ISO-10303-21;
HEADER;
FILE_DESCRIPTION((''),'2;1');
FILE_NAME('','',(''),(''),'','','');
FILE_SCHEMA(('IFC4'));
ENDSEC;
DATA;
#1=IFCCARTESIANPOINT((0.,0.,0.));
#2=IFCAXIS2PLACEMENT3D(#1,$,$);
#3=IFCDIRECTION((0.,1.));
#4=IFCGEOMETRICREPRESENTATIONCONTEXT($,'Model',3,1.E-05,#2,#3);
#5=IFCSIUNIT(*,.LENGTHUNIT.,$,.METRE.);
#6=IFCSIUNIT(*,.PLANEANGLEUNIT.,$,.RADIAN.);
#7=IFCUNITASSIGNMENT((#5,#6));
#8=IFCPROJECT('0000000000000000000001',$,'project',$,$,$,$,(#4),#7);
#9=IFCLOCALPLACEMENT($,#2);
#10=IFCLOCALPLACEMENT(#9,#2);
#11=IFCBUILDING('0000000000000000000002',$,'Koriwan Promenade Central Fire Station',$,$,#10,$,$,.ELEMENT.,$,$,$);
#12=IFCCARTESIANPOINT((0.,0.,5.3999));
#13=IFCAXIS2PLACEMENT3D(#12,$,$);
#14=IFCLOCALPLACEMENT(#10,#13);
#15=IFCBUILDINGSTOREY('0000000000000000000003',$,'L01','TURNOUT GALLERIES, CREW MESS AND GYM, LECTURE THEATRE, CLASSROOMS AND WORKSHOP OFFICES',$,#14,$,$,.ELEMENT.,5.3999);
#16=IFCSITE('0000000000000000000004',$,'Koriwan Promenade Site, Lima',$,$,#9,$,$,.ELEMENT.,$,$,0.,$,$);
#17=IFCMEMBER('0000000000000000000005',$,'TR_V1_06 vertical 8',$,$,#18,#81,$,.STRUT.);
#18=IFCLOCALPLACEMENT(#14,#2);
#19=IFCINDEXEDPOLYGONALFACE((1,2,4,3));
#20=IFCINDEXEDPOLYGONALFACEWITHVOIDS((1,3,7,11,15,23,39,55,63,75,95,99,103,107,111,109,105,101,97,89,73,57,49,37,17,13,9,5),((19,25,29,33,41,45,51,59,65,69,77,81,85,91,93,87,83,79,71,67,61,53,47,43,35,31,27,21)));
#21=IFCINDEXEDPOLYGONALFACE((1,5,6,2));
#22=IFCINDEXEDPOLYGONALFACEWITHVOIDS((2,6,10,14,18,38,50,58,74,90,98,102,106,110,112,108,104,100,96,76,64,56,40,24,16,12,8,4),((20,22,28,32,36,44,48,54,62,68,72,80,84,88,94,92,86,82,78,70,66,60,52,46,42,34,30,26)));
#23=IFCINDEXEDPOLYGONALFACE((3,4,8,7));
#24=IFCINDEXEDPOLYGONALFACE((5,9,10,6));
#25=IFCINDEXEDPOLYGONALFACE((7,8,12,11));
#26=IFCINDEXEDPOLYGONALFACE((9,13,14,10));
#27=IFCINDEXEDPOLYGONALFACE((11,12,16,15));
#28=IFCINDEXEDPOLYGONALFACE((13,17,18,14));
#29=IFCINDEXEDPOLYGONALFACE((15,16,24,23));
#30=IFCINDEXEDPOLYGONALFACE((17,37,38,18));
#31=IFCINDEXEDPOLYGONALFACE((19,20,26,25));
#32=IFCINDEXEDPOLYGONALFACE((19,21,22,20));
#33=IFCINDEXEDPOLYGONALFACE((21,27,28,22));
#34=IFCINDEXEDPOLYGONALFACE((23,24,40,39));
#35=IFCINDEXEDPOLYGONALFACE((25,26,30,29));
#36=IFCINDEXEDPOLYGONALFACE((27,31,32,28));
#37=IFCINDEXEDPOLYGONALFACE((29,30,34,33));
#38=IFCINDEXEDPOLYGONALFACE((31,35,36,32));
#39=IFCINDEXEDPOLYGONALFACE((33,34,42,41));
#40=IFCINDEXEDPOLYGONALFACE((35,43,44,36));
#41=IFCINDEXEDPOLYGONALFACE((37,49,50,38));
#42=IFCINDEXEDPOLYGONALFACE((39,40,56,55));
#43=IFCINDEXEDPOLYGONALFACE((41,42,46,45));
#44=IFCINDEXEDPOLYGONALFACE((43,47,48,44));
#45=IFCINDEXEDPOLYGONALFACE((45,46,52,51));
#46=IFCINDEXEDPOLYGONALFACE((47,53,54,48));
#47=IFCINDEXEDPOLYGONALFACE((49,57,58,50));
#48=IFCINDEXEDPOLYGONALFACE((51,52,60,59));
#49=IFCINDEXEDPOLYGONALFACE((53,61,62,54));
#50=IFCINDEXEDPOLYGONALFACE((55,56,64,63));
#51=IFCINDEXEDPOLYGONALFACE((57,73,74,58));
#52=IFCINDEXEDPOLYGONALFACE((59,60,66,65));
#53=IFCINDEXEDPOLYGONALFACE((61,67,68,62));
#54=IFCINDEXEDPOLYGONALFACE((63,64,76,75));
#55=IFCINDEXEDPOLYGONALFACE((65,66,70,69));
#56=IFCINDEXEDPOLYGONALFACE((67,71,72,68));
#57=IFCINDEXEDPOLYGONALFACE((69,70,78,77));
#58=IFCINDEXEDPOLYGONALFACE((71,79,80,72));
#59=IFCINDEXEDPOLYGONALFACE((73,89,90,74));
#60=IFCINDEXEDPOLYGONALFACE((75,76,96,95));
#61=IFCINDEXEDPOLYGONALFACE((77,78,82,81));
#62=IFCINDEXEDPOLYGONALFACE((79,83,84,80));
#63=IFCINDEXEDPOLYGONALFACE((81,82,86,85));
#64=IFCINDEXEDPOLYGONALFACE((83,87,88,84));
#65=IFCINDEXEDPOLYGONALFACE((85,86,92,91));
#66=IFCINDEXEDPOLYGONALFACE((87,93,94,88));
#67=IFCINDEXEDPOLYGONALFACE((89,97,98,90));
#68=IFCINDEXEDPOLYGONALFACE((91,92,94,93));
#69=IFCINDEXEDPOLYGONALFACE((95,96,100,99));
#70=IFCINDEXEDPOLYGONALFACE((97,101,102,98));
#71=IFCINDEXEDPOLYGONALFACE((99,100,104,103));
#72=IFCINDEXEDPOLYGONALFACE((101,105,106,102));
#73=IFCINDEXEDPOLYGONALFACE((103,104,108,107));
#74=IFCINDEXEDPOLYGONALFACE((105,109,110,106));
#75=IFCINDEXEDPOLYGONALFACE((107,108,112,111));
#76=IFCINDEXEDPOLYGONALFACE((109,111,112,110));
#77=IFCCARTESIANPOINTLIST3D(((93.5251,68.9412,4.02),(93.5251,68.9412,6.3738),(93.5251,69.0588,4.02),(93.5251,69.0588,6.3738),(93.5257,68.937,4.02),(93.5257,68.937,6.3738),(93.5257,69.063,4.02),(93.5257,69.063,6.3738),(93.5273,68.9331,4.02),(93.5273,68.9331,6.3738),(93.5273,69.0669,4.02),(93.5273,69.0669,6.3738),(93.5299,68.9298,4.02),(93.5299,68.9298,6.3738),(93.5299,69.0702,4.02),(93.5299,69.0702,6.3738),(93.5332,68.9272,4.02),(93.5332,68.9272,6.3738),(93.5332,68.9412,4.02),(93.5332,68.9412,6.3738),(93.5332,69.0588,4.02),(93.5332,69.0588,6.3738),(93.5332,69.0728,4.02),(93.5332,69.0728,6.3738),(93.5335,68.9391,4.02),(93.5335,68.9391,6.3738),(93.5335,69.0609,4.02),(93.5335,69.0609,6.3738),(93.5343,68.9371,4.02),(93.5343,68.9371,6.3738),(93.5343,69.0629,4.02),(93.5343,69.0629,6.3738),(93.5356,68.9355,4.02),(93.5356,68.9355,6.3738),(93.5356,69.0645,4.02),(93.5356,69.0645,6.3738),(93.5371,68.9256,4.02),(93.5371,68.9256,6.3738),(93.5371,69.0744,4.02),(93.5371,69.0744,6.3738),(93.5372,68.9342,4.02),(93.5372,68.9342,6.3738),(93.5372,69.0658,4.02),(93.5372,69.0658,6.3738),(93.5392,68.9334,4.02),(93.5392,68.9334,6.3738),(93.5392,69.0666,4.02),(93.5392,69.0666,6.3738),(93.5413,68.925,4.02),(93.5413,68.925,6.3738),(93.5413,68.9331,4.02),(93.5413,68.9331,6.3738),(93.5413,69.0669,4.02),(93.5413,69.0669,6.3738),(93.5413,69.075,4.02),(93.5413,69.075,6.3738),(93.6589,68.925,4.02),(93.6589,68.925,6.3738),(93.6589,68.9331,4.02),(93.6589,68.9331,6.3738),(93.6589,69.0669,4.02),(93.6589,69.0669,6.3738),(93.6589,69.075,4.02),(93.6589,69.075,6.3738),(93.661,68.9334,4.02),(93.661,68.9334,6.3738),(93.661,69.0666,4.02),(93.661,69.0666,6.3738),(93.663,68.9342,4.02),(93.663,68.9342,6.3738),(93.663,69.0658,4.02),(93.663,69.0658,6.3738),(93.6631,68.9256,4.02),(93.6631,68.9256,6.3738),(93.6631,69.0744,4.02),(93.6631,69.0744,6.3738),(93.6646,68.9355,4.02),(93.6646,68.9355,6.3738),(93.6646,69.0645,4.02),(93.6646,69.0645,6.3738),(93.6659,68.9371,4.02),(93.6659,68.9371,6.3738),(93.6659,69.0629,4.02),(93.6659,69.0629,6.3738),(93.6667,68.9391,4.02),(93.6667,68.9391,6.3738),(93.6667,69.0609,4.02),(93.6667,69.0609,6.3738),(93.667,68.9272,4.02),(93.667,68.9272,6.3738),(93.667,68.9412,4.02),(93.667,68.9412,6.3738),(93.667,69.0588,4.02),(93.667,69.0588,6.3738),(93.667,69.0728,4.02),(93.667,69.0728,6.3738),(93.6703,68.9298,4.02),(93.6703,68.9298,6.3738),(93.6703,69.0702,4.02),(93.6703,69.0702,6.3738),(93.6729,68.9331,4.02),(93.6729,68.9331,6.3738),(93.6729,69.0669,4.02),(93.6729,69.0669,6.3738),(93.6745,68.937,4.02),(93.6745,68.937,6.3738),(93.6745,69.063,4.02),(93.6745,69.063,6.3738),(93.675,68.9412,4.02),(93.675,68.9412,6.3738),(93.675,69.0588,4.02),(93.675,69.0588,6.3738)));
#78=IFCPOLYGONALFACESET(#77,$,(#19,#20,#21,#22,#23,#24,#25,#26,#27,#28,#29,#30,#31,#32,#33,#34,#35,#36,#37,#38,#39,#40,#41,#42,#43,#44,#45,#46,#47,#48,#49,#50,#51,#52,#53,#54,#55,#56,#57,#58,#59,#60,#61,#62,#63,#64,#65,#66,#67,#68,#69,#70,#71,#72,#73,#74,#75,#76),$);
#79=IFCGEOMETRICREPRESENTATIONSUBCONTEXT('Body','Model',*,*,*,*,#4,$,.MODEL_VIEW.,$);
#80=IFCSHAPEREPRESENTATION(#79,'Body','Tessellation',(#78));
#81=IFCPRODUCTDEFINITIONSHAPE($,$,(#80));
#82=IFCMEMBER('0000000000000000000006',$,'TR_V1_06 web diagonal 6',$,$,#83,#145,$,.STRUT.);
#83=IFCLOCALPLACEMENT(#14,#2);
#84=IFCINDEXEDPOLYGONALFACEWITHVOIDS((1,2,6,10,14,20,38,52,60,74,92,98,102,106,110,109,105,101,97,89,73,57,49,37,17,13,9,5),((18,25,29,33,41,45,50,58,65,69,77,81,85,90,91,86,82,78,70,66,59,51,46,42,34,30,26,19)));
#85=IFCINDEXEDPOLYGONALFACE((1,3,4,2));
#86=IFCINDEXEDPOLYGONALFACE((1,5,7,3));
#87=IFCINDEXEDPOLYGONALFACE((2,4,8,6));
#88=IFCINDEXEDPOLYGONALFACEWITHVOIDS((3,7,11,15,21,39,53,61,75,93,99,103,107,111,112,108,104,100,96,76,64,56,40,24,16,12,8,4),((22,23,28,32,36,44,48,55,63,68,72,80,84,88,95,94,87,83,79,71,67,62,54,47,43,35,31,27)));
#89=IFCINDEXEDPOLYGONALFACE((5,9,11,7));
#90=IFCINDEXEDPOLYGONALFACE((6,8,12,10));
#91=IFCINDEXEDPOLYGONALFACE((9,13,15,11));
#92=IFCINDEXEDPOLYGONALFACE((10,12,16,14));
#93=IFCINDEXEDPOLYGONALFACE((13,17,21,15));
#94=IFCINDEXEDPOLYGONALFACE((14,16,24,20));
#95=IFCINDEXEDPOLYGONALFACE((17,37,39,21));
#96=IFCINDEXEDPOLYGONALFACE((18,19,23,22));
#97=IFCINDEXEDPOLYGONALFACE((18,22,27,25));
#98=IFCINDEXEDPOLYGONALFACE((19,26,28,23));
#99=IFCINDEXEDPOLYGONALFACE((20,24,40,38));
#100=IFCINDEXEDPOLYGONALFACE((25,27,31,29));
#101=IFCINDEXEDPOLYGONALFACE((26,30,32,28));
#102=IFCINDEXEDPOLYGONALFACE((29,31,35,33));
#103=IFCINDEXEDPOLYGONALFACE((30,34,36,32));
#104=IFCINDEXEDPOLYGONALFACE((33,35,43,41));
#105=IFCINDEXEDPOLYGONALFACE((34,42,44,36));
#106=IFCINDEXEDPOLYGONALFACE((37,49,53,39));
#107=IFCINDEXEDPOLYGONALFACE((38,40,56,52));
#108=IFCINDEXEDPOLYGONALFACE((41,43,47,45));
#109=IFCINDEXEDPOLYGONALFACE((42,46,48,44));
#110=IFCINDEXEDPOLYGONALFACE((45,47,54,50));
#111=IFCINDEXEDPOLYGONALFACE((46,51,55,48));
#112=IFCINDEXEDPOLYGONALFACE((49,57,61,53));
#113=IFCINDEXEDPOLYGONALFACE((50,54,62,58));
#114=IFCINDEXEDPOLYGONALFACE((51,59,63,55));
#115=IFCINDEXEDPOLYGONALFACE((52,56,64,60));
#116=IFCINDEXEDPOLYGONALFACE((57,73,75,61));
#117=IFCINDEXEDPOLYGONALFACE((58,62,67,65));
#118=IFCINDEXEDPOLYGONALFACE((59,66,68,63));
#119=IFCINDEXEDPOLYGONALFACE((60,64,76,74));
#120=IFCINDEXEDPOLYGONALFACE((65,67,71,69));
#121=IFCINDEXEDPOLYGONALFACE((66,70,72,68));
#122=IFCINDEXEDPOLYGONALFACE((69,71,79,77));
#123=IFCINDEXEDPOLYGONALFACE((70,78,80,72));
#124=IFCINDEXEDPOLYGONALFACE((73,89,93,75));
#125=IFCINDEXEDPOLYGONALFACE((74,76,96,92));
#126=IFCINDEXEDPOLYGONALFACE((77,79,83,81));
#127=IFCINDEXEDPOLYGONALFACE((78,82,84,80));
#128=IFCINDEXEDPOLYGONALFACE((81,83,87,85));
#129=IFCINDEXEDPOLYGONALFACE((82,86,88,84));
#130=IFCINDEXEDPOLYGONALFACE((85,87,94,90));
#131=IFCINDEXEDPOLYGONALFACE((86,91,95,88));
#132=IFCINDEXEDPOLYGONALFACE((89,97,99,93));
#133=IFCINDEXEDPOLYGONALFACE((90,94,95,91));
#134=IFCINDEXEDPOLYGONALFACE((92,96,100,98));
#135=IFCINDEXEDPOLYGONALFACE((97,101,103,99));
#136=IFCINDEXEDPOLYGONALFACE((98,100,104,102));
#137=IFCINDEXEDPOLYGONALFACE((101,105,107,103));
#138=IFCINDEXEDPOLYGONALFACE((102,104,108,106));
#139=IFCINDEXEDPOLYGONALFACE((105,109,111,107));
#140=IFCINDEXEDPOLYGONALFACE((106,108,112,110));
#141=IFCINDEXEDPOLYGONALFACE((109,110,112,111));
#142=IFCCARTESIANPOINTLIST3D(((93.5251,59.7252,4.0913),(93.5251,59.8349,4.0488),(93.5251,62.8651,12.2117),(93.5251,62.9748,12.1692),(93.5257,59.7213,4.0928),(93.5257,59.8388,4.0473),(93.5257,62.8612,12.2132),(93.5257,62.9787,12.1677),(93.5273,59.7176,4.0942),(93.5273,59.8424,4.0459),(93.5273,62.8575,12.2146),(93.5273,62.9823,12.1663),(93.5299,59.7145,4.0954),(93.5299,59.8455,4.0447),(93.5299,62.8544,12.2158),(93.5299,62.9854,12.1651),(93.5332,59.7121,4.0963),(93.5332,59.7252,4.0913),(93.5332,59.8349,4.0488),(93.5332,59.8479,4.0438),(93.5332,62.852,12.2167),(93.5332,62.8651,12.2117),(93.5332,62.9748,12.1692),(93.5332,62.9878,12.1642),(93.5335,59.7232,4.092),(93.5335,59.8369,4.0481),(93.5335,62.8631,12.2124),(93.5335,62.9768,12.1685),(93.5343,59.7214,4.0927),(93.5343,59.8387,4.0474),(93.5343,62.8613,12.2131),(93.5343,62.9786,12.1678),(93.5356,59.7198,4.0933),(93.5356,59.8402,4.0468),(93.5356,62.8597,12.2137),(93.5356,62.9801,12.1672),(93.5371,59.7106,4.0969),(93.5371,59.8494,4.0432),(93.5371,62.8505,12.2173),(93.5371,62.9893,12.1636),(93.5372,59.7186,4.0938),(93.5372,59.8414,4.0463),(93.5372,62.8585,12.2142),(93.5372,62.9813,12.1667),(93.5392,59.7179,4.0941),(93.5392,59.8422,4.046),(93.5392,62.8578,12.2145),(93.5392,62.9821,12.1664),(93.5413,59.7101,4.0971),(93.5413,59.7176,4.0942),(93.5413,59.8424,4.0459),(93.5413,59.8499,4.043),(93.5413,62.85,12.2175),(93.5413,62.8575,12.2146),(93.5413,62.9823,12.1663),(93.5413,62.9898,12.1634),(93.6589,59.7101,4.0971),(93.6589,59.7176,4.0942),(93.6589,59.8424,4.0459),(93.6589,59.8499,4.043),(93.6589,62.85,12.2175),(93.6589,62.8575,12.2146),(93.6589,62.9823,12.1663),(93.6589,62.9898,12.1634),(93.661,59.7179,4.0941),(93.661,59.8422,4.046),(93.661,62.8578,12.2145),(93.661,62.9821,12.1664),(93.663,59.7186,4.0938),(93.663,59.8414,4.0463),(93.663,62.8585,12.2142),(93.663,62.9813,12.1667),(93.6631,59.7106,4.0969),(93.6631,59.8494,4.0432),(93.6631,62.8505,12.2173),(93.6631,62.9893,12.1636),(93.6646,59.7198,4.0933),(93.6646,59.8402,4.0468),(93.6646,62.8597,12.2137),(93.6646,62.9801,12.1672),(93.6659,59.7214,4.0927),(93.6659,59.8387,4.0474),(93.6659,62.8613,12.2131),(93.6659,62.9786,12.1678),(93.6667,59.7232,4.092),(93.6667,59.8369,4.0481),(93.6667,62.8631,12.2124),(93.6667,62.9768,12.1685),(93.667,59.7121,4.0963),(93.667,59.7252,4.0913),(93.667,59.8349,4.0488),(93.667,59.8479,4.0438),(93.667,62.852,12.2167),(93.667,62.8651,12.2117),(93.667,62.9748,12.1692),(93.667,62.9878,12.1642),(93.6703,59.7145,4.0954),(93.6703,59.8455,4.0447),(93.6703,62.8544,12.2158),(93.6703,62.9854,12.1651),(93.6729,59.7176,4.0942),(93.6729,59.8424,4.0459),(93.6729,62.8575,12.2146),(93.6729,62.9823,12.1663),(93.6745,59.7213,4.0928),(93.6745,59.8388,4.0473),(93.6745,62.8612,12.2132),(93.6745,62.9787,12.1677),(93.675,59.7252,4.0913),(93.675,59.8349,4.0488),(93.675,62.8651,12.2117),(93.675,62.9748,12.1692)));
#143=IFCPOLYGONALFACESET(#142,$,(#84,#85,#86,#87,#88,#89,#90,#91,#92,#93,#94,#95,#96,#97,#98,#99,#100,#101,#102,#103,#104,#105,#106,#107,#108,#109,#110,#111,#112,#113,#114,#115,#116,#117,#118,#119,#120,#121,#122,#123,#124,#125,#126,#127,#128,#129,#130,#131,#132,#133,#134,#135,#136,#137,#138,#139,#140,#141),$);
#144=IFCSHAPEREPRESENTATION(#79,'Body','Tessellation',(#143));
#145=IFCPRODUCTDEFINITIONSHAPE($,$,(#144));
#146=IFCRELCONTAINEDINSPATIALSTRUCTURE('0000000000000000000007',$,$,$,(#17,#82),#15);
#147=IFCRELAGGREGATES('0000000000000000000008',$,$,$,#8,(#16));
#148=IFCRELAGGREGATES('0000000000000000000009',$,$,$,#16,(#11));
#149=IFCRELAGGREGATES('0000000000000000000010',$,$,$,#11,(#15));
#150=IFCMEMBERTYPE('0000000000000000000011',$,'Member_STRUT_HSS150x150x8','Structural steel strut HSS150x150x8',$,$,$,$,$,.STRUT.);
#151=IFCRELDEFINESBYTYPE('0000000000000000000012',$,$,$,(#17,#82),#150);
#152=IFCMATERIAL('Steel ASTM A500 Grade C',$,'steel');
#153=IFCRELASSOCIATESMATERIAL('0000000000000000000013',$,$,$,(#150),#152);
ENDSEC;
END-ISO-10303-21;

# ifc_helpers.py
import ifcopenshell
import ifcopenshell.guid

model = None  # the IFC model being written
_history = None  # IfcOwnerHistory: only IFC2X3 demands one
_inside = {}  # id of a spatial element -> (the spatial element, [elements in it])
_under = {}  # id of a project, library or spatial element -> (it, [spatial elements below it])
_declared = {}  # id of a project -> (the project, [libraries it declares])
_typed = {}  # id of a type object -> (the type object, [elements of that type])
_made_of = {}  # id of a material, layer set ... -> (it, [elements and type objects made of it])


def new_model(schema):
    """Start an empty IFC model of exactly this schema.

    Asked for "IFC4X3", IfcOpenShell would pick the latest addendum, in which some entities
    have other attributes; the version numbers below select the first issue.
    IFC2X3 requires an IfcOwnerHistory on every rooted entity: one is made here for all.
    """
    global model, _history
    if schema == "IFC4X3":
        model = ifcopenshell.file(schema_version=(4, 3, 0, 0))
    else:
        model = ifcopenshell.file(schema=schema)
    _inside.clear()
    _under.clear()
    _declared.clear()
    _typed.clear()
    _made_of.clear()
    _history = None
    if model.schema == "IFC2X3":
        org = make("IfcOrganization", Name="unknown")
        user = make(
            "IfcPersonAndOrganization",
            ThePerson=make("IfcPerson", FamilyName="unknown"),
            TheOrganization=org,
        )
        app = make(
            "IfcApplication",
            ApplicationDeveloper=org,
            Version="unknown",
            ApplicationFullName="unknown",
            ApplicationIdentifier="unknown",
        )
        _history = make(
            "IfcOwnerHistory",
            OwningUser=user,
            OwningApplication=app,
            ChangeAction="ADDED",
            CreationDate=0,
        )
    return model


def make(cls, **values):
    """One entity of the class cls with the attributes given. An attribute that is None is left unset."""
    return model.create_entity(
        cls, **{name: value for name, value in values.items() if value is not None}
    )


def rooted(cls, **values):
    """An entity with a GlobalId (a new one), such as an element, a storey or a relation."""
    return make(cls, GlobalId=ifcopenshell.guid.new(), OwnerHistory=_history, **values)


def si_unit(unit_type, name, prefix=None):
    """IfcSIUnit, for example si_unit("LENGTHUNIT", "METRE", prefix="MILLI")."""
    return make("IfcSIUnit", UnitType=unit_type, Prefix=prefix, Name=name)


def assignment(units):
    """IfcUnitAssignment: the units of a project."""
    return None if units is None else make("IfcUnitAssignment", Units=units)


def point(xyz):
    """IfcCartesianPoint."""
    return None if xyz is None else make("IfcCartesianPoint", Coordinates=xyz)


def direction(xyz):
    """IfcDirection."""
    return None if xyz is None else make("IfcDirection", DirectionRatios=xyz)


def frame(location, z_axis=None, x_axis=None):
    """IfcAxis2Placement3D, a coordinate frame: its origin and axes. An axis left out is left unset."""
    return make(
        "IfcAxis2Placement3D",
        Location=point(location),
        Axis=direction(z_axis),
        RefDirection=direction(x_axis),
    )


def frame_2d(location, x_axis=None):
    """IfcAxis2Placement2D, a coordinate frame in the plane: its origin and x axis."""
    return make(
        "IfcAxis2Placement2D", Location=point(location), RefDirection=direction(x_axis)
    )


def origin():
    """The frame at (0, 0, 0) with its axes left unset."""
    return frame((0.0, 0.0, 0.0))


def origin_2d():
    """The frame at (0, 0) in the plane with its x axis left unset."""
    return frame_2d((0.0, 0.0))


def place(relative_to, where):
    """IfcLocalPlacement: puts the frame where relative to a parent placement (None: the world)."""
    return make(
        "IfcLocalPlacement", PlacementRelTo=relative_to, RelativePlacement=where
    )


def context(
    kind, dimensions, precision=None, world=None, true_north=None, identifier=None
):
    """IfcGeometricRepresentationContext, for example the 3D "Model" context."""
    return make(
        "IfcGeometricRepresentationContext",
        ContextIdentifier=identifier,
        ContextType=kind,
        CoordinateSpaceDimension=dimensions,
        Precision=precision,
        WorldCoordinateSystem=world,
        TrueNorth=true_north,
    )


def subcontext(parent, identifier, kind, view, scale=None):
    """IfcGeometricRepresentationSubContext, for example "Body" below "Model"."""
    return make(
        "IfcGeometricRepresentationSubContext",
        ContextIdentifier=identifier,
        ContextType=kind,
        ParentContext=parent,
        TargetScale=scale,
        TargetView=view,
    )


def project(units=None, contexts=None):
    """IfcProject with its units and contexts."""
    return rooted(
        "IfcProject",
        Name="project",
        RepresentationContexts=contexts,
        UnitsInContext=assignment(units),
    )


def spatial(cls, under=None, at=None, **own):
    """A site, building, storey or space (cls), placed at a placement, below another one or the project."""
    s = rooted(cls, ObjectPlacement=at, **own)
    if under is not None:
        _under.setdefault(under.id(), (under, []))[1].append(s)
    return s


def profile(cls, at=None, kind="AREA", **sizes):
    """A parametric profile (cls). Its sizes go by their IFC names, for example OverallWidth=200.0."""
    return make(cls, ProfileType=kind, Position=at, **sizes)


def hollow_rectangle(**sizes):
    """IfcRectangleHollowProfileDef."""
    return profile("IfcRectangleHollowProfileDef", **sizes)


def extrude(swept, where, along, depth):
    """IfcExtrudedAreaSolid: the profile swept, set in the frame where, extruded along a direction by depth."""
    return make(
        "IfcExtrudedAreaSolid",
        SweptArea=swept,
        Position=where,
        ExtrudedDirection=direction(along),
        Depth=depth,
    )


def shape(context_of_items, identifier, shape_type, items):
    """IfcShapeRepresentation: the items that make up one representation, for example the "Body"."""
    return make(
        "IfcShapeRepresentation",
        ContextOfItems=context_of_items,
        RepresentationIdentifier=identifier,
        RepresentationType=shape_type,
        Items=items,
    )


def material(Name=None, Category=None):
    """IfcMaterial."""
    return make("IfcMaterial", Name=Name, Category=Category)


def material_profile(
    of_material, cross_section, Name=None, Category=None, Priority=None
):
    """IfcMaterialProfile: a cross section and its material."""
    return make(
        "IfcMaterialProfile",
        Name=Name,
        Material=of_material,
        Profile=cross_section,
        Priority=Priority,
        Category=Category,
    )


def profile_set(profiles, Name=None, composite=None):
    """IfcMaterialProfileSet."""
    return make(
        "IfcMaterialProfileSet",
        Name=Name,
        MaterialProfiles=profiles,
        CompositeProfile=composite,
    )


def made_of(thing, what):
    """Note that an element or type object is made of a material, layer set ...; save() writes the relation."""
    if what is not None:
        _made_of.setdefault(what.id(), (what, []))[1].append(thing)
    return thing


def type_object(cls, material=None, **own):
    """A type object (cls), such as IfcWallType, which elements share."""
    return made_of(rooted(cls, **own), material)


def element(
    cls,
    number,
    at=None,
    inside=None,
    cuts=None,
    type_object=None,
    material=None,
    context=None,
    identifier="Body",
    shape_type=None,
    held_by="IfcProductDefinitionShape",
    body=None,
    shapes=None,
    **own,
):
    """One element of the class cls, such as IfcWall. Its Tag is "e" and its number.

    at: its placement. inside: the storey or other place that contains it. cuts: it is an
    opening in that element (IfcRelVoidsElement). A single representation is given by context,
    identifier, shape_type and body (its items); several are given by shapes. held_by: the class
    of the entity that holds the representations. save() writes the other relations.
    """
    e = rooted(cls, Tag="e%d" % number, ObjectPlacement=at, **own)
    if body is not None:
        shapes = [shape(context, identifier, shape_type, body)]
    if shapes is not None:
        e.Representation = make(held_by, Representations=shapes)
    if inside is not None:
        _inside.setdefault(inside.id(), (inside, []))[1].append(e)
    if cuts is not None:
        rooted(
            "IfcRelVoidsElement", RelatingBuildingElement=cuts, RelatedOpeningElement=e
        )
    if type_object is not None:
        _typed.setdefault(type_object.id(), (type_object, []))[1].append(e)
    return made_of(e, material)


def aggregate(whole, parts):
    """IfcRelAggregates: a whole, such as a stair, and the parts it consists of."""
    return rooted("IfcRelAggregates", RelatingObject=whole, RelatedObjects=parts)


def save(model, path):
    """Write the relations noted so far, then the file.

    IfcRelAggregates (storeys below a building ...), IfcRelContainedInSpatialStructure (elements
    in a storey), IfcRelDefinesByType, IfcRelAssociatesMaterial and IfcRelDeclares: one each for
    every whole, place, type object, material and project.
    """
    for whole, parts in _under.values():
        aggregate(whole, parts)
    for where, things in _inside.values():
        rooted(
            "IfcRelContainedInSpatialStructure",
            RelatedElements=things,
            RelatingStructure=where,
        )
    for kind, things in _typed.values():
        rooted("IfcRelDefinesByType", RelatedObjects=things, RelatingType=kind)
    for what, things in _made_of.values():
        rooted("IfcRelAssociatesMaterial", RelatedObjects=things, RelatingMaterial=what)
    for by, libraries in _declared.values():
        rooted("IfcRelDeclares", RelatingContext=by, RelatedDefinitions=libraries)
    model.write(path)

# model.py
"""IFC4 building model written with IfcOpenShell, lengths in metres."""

from ifc_helpers import new_model, si_unit, direction, frame, origin, origin_2d, place, context, subcontext, project, spatial, hollow_rectangle, extrude, material, material_profile, profile_set, type_object, element, save


model = new_model("IFC4")

# Units and contexts
model_context = context("Model", 3, precision=1e-05, world=origin(), true_north=direction((0.0, 1.0)))
body_context = subcontext(model_context, "Body", "Model", "MODEL_VIEW")
ifc_project = project(units=[si_unit("LENGTHUNIT", "METRE"), si_unit("PLANEANGLEUNIT", "RADIAN")], contexts=[model_context])

# Site, building, storey
site_placement = place(None, origin())
site = spatial("IfcSite", under=ifc_project, at=site_placement, Name="Koriwan Promenade Site, Lima", CompositionType="ELEMENT", RefElevation=0.0)
building_placement = place(site_placement, origin())
building = spatial("IfcBuilding", under=site, at=building_placement, Name="Koriwan Promenade Central Fire Station", CompositionType="ELEMENT")
storey_placement = place(building_placement, frame((0.0, 0.0, 5.3999)))
storey = spatial("IfcBuildingStorey", under=building, at=storey_placement, Name="L01", Description="TURNOUT GALLERIES, CREW MESS AND GYM, LECTURE THEATRE, CLASSROOMS AND WORKSHOP OFFICES", CompositionType="ELEMENT", Elevation=5.3999)

# Members
ifc_material_1 = material(Name="Steel ASTM A500 Grade C", Category="steel")
ifc_material_profile_1 = material_profile(ifc_material_1, hollow_rectangle(XDim=0.1499, YDim=0.1499, WallThickness=0.0081, InnerFilletRadius=0.0081, OuterFilletRadius=0.0161, at=origin_2d()), Name="HSS150x150x8")
ifc_profile_set_1 = profile_set([ifc_material_profile_1], Name="Steel ASTM A500 Grade C")
member_type_1 = type_object("IfcMemberType", Name="Member_STRUT_HSS150x150x8", Description="Structural steel strut HSS150x150x8", PredefinedType="STRUT", material=ifc_profile_set_1)
member_1_placement = place(storey_placement, frame((93.6001, 69.0, 4.02), z_axis=(0.0, 0.0, 1.0), x_axis=(1.0, 0.0, 0.0)))
element("IfcMember", 1, at=member_1_placement, inside=storey, type_object=member_type_1, Name="TR_V1_06 vertical 8", PredefinedType="STRUT", context=body_context, shape_type="SweptSolid", body=[
    extrude(hollow_rectangle(XDim=0.1499, YDim=0.1499, WallThickness=0.0081, InnerFilletRadius=0.0081, OuterFilletRadius=0.0161, at=origin_2d()), origin(), (0.0, 0.0, 1.0), 2.3538),
])
member_2_placement = place(storey_placement, frame((93.6001, 59.78, 4.0701), z_axis=(0.0, 0.360647, 0.932702), x_axis=(-1.0, 0.0, 0.0)))
element("IfcMember", 2, at=member_2_placement, inside=storey, type_object=member_type_1, Name="TR_V1_06 web diagonal 6", PredefinedType="STRUT", context=body_context, shape_type="SweptSolid", body=[
    extrude(hollow_rectangle(XDim=0.1499, YDim=0.1499, WallThickness=0.0081, InnerFilletRadius=0.0081, OuterFilletRadius=0.0161, at=origin_2d()), origin(), (0.0, 0.0, 1.0), 8.7063),
])

save(model, "model.ifc")
